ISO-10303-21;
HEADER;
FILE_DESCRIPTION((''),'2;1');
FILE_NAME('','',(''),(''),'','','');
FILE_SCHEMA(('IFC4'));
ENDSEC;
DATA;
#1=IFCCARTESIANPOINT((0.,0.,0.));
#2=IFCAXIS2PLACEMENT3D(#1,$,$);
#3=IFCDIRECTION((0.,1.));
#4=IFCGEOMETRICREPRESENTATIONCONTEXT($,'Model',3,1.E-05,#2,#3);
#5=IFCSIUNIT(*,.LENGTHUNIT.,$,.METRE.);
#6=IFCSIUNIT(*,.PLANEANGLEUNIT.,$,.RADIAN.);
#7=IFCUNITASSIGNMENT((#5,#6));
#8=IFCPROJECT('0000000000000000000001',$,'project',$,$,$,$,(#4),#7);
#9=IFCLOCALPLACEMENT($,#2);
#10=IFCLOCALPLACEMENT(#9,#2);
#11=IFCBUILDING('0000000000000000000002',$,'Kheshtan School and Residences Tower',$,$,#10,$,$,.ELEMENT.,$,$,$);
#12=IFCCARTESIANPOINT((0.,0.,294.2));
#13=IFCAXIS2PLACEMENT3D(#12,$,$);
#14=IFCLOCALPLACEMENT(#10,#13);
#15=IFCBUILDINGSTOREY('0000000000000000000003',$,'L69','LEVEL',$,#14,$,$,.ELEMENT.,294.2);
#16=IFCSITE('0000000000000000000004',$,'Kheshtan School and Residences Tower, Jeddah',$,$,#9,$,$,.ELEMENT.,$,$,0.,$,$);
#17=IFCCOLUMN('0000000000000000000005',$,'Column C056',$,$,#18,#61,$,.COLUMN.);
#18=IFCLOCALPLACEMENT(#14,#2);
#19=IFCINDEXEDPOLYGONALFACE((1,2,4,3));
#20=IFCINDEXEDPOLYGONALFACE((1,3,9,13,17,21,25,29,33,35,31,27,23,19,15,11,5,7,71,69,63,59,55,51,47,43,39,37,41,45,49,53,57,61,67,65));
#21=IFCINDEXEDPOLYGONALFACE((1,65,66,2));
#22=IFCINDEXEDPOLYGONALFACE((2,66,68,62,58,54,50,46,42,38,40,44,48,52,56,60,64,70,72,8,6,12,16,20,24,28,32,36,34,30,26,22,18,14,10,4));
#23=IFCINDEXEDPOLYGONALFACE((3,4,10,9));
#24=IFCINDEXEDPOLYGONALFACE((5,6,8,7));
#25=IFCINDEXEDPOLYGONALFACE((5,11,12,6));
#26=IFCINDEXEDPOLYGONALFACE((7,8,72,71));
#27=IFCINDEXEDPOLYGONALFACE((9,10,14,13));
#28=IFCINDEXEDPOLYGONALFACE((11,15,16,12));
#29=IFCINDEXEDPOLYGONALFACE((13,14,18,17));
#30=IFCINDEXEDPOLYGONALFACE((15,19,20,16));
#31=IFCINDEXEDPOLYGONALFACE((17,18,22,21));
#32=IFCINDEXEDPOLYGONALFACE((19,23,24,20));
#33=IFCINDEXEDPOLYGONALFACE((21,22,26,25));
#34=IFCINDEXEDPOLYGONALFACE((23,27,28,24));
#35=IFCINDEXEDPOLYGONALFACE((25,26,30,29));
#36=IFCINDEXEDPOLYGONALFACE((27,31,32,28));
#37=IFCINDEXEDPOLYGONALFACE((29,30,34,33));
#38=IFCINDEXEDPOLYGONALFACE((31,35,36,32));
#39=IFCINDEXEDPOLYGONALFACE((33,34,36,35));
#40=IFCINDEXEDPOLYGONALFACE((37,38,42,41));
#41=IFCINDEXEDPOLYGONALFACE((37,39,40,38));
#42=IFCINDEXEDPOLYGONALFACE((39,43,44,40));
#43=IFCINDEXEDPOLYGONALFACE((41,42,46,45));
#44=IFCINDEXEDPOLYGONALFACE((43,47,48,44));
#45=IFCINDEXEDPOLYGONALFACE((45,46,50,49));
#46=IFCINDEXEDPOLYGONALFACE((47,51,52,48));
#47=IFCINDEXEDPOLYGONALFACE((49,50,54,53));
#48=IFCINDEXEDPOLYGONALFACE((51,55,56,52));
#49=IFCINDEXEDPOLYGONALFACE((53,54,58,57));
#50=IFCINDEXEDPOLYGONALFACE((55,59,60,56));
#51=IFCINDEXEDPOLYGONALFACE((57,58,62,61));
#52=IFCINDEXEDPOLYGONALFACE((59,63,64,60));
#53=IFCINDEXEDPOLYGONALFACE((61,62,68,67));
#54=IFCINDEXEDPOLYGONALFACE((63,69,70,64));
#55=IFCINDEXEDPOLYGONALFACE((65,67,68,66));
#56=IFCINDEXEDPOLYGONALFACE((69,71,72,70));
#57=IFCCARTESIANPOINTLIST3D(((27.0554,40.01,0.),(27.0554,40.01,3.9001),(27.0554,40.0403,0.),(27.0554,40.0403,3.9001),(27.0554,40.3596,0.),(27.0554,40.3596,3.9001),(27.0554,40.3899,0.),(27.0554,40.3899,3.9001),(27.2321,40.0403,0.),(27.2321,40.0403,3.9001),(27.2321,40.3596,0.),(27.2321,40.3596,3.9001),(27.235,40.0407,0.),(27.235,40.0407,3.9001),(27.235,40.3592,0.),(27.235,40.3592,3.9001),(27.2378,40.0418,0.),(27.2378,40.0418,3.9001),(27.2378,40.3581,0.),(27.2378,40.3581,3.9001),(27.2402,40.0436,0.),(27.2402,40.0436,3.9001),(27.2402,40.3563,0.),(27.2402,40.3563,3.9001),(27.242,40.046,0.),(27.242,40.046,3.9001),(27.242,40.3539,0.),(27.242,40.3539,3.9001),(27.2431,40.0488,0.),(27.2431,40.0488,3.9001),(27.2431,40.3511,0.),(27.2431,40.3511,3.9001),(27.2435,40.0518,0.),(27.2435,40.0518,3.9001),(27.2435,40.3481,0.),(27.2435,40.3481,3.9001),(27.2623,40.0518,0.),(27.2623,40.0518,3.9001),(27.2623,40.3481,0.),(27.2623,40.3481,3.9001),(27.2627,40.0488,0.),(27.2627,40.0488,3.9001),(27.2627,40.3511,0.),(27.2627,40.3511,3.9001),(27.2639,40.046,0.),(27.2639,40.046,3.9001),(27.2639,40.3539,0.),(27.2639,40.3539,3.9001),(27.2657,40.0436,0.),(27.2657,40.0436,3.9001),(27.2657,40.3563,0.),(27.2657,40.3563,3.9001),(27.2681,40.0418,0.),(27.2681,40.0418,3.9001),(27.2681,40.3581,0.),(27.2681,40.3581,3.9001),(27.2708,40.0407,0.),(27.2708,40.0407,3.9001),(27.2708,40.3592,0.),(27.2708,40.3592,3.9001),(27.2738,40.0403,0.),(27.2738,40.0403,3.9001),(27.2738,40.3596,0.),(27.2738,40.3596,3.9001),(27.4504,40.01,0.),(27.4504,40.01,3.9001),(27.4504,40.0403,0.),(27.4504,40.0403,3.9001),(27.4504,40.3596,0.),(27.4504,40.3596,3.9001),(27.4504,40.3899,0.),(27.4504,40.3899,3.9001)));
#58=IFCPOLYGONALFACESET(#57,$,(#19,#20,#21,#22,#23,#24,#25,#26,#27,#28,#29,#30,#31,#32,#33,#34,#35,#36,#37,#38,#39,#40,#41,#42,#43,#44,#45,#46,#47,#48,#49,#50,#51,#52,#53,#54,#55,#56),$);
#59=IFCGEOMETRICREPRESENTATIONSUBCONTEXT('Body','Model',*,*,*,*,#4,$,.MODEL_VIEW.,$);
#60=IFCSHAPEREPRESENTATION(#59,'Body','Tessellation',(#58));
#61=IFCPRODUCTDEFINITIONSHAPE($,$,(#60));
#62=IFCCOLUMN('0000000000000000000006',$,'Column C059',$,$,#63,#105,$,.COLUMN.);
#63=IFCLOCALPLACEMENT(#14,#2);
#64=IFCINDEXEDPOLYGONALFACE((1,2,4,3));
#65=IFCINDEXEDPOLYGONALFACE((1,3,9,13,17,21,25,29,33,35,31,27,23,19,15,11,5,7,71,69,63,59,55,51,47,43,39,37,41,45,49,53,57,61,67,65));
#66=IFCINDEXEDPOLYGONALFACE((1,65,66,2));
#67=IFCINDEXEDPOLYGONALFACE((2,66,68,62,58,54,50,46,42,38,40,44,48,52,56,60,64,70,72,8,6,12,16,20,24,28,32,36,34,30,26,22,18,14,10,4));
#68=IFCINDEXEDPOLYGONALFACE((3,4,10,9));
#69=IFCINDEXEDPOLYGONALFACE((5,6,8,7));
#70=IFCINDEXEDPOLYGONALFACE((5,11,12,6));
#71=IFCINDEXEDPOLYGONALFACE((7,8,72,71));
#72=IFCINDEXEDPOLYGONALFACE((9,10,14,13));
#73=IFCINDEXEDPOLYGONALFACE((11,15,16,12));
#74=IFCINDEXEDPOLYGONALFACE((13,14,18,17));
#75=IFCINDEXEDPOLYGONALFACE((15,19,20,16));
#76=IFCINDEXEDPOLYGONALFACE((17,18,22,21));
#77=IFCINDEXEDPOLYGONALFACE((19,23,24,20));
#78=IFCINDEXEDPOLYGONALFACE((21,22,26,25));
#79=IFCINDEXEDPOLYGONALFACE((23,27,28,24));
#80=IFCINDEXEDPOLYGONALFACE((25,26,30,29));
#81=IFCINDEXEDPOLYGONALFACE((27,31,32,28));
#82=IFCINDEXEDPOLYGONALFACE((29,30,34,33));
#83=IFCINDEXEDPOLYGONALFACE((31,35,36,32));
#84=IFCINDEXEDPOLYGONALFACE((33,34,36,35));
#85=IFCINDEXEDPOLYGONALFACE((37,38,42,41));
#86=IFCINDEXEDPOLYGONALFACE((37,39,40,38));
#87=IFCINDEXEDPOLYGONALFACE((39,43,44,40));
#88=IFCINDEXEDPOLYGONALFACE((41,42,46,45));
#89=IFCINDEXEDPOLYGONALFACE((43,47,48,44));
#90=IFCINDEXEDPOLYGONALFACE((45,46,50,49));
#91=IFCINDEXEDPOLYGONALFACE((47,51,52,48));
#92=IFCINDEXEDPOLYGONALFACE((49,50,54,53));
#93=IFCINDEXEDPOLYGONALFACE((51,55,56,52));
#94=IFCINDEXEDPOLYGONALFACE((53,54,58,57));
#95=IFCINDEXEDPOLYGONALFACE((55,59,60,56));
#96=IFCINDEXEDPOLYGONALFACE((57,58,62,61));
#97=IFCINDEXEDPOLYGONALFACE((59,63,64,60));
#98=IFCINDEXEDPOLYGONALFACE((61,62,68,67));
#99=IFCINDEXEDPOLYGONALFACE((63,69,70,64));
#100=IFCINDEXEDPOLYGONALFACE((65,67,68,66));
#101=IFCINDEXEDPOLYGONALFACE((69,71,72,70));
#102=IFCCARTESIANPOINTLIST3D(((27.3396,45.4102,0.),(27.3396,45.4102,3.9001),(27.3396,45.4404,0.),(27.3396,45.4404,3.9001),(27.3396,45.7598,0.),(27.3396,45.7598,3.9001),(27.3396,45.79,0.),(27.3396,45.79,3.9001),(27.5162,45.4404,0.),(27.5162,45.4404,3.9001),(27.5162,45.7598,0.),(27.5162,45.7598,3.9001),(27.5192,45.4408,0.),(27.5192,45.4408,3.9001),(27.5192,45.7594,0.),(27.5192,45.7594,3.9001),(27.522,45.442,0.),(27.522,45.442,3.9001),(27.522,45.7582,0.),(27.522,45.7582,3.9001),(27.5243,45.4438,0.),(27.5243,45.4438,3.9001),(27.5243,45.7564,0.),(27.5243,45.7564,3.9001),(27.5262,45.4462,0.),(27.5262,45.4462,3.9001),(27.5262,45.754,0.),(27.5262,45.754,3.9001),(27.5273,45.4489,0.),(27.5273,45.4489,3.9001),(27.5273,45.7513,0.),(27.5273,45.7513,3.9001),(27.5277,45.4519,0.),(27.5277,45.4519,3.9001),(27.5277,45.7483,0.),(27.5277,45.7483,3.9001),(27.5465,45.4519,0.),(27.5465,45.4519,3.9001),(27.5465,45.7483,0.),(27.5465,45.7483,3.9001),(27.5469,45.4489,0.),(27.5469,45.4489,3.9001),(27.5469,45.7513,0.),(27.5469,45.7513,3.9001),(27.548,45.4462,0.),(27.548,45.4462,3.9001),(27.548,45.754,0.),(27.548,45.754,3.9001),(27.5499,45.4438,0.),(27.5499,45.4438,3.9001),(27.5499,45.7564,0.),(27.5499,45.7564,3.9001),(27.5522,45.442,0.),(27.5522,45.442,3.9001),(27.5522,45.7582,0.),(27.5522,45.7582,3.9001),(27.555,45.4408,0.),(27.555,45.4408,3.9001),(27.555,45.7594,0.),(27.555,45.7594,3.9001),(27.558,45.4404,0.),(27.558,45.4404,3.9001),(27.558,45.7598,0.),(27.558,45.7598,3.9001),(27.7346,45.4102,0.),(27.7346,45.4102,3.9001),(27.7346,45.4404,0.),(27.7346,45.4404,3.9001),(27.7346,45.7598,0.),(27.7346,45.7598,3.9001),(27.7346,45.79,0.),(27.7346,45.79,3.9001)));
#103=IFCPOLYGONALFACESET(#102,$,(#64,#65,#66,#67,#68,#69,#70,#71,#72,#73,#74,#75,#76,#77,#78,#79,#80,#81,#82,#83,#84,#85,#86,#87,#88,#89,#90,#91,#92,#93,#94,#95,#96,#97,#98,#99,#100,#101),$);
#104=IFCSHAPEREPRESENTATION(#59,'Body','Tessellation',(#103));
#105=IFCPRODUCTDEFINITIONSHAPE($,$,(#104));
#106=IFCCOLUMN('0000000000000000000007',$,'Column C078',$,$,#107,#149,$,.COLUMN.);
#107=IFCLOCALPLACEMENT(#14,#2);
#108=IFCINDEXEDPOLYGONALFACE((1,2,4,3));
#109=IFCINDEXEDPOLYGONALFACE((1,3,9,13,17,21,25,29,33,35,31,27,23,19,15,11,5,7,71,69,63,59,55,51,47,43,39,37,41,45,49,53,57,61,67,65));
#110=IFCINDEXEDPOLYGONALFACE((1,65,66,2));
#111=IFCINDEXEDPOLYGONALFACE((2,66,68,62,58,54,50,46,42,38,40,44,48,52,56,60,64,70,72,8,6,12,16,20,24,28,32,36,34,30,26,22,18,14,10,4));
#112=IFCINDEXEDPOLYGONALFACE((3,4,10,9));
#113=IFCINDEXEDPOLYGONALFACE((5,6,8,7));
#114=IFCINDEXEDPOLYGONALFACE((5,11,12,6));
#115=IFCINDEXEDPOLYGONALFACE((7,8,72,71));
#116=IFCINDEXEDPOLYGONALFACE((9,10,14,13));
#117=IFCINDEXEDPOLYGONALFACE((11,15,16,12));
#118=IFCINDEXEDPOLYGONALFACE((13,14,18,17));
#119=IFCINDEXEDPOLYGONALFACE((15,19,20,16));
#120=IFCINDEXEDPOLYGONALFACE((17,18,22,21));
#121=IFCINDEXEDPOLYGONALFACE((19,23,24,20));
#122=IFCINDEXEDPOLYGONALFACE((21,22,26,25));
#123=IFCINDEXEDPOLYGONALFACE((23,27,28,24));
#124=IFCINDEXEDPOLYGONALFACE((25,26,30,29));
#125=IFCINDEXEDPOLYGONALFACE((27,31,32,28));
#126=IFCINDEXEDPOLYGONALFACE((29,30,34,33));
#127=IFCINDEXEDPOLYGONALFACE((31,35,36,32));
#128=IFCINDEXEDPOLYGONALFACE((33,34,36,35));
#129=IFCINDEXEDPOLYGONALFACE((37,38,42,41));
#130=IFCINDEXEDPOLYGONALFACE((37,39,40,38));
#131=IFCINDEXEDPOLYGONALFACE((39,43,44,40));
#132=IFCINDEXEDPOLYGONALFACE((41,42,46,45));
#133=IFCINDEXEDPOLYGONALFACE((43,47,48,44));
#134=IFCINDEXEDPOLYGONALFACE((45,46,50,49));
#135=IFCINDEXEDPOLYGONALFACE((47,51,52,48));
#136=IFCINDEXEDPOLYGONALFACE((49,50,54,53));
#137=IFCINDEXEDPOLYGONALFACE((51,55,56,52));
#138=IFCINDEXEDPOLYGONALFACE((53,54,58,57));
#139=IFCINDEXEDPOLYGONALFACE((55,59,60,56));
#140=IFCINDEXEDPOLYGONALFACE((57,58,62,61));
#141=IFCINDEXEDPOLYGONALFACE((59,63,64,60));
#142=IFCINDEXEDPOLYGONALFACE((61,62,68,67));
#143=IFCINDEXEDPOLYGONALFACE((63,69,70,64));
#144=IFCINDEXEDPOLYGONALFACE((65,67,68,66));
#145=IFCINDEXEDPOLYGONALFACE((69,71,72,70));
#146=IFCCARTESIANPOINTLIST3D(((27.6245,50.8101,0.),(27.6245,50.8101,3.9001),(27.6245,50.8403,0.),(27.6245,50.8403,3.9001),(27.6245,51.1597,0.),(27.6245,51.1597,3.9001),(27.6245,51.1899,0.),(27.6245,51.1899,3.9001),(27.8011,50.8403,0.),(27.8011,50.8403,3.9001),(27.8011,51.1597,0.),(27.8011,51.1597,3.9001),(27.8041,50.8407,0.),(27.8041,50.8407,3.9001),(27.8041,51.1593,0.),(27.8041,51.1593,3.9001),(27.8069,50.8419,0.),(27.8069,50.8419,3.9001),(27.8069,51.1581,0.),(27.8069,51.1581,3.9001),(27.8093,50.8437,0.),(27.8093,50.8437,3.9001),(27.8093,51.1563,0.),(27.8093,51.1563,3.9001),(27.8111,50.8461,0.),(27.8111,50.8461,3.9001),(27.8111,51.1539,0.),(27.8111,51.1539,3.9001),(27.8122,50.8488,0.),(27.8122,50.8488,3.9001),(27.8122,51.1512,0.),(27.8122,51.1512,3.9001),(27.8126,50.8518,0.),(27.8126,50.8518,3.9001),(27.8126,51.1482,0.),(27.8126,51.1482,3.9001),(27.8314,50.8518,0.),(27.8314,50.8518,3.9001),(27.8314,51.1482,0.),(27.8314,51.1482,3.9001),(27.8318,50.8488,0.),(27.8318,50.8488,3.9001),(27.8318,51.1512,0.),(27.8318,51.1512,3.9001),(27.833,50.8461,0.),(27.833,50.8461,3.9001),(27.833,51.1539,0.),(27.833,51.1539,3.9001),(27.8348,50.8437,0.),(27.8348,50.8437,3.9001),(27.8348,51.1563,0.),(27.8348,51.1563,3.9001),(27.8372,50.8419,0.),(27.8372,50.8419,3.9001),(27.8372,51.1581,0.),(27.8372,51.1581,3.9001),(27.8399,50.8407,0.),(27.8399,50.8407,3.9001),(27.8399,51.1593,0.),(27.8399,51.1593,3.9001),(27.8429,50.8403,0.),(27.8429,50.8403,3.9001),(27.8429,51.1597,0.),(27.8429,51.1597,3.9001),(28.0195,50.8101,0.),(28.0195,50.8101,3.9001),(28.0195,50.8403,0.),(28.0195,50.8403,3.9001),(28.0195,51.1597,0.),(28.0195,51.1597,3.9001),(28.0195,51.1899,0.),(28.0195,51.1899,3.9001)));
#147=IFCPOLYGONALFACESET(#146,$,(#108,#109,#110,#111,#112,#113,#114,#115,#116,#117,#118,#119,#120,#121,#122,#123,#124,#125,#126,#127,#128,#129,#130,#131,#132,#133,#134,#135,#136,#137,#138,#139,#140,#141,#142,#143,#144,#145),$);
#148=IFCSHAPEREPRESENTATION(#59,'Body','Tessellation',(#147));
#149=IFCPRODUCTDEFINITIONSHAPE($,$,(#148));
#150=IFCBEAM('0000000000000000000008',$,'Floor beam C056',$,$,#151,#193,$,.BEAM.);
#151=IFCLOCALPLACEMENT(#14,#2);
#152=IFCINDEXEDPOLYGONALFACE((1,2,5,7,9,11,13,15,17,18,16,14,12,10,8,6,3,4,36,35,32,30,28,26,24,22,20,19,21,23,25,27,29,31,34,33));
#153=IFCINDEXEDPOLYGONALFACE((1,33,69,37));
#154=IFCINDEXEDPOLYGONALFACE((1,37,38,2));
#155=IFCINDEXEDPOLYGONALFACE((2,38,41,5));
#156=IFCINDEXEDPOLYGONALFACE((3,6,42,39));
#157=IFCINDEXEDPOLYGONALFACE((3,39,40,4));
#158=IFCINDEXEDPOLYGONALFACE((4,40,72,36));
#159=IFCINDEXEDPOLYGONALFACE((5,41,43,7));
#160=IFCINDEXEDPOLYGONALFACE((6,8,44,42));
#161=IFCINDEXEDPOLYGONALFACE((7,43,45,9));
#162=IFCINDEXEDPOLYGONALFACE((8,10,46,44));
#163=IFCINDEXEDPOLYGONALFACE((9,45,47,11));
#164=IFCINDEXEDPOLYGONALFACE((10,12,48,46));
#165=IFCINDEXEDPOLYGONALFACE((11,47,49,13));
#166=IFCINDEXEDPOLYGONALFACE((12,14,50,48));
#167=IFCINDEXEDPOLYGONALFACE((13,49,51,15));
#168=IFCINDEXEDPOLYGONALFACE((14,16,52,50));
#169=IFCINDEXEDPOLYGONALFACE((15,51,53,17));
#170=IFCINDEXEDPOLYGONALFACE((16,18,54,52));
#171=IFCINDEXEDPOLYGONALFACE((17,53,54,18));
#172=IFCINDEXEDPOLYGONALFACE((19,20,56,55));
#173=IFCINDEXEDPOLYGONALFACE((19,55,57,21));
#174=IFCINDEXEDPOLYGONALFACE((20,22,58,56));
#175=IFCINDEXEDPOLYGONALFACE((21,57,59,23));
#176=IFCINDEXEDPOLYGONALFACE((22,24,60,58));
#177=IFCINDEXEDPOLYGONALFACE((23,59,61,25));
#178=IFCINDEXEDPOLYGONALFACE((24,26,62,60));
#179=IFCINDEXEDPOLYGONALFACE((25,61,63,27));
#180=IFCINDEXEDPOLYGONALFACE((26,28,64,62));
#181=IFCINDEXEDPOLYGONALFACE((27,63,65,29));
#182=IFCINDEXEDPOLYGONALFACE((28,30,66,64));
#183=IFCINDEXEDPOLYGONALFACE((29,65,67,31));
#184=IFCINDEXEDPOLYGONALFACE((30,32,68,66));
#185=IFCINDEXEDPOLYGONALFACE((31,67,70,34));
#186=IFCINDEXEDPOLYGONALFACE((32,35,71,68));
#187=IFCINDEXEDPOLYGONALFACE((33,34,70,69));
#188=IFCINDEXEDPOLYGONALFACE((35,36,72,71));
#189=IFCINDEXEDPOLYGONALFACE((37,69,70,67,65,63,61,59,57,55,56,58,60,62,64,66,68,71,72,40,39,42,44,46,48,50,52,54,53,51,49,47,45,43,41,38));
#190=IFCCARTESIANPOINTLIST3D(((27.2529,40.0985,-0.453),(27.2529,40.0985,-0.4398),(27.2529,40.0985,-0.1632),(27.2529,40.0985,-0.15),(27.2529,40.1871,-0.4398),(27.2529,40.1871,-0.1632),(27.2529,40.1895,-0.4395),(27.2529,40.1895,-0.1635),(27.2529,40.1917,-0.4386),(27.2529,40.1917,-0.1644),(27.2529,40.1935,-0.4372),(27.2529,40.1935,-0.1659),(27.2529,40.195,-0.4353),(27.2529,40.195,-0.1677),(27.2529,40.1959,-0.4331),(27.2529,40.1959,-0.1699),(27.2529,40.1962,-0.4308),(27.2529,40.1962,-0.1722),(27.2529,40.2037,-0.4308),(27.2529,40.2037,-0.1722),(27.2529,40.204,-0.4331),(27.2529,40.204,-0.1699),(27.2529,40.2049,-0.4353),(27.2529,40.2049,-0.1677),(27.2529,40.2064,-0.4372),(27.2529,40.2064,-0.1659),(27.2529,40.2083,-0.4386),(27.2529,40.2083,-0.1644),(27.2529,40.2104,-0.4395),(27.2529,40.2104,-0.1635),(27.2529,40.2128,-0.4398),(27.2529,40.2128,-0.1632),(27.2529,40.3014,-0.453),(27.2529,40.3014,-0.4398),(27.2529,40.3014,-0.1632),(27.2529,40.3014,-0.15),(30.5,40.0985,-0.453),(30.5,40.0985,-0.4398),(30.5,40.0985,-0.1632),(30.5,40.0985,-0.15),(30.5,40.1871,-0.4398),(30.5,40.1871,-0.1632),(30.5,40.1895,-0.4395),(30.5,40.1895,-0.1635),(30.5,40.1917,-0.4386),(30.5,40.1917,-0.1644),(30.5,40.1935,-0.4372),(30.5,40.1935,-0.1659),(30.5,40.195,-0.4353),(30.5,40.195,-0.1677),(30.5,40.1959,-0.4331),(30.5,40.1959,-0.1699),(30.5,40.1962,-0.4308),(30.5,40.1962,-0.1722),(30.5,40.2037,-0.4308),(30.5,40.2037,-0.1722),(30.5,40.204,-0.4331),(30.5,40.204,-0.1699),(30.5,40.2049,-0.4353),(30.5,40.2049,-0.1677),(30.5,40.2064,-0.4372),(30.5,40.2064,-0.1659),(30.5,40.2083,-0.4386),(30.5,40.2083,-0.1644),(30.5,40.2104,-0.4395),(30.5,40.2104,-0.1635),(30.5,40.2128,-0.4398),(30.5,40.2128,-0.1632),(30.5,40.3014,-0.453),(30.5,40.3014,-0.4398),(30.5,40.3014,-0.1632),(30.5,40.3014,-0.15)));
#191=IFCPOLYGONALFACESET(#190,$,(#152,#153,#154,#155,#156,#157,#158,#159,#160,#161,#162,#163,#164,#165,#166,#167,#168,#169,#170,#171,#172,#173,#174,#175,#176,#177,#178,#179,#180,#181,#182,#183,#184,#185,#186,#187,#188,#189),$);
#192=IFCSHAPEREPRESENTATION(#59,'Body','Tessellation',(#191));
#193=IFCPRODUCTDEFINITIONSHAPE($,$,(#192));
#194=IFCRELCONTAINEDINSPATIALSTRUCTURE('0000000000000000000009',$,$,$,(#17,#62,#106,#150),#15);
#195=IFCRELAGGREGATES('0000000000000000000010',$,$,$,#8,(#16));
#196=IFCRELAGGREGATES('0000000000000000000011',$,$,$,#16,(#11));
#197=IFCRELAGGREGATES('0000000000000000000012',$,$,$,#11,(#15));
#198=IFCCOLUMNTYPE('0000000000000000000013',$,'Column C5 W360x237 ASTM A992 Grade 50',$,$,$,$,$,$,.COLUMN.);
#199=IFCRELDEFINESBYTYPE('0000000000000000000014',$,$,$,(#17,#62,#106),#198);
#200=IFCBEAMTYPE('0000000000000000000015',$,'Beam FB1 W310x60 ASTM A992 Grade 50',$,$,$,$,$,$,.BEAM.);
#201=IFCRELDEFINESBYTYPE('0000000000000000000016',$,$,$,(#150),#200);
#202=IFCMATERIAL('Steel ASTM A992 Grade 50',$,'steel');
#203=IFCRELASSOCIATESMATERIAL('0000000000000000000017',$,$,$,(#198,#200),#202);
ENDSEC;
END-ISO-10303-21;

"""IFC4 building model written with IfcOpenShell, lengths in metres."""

from ifc_helpers import new_model, si_unit, direction, frame, origin, origin_2d, place, context, subcontext, project, spatial, i_section, extrude, material, material_profile, profile_set, type_object, element, save


model = new_model("IFC4")

# Units and contexts
model_context = context("Model", 3, precision=1e-05, world=origin(), true_north=direction((0.0, 1.0)))
body_context = subcontext(model_context, "Body", "Model", "MODEL_VIEW")
ifc_project = project(units=[si_unit("LENGTHUNIT", "METRE"), si_unit("PLANEANGLEUNIT", "RADIAN")], contexts=[model_context])

# Site, building, storey
site_placement = place(None, origin())
site = spatial("IfcSite", under=ifc_project, at=site_placement, Name="Kheshtan School and Residences Tower, Jeddah", CompositionType="ELEMENT", RefElevation=0.0)
building_placement = place(site_placement, origin())
building = spatial("IfcBuilding", under=site, at=building_placement, Name="Kheshtan School and Residences Tower", CompositionType="ELEMENT")
storey_placement = place(building_placement, frame((0.0, 0.0, 294.2)))
storey = spatial("IfcBuildingStorey", under=building, at=storey_placement, Name="L69", Description="LEVEL", CompositionType="ELEMENT", Elevation=294.2)

# Columns
ifc_material_1 = material(Name="Steel ASTM A992 Grade 50", Category="steel")
ifc_material_profile_1 = material_profile(ifc_material_1, i_section(OverallWidth=0.395, OverallDepth=0.3799, WebThickness=0.0188, FlangeThickness=0.0303, FilletRadius=0.0115, at=origin_2d()), Name="W360x237")
ifc_profile_set_1 = profile_set([ifc_material_profile_1], Name="Steel ASTM A992 Grade 50")
column_type = type_object("IfcColumnType", Name="Column C5 W360x237 ASTM A992 Grade 50", PredefinedType="COLUMN", material=ifc_profile_set_1)
for number, where, z_axis, x_axis, name in (
    (1, (27.2529, 40.2, 0.0), (0.0, 0.0, 1.0), (1.0, 0.0, 0.0), "Column C056"),
    (2, (27.5371, 45.6001, 0.0), (0.0, 0.0, 1.0), (1.0, 0.0, 0.0), "Column C059"),
    (3, (27.822, 51.0, 0.0), (0.0, 0.0, 1.0), (1.0, 0.0, 0.0), "Column C078"),
):
    element("IfcColumn", number, at=place(storey_placement, frame(where, z_axis=z_axis, x_axis=x_axis)), inside=storey, type_object=column_type, Name=name, PredefinedType="COLUMN", context=body_context, shape_type="SweptSolid", body=[
        extrude(i_section(OverallWidth=0.395, OverallDepth=0.3799, WebThickness=0.0188, FlangeThickness=0.0303, FilletRadius=0.0115, at=origin_2d()), origin(), (0.0, 0.0, 1.0), 3.9001),
    ])

# Beam
ifc_material_profile_2 = material_profile(ifc_material_1, i_section(OverallWidth=0.2029, OverallDepth=0.303, WebThickness=0.0076, FlangeThickness=0.0132, FilletRadius=0.009, at=origin_2d()), Name="W310x60")
ifc_profile_set_2 = profile_set([ifc_material_profile_2], Name="Steel ASTM A992 Grade 50")
beam_type_1 = type_object("IfcBeamType", Name="Beam FB1 W310x60 ASTM A992 Grade 50", PredefinedType="BEAM", material=ifc_profile_set_2)
beam_1_placement = place(storey_placement, frame((27.2529, 40.2, -0.3015), z_axis=(1.0, 0.0, 0.0), x_axis=(0.0, 1.0, 0.0)))
element("IfcBeam", 4, at=beam_1_placement, inside=storey, type_object=beam_type_1, Name="Floor beam C056", PredefinedType="BEAM", context=body_context, shape_type="SweptSolid", body=[
    extrude(i_section(OverallWidth=0.2029, OverallDepth=0.303, WebThickness=0.0076, FlangeThickness=0.0132, FilletRadius=0.009, at=origin_2d()), origin(), (0.0, 0.0, 1.0), 3.2471),
])

save(model, "model.ifc")
